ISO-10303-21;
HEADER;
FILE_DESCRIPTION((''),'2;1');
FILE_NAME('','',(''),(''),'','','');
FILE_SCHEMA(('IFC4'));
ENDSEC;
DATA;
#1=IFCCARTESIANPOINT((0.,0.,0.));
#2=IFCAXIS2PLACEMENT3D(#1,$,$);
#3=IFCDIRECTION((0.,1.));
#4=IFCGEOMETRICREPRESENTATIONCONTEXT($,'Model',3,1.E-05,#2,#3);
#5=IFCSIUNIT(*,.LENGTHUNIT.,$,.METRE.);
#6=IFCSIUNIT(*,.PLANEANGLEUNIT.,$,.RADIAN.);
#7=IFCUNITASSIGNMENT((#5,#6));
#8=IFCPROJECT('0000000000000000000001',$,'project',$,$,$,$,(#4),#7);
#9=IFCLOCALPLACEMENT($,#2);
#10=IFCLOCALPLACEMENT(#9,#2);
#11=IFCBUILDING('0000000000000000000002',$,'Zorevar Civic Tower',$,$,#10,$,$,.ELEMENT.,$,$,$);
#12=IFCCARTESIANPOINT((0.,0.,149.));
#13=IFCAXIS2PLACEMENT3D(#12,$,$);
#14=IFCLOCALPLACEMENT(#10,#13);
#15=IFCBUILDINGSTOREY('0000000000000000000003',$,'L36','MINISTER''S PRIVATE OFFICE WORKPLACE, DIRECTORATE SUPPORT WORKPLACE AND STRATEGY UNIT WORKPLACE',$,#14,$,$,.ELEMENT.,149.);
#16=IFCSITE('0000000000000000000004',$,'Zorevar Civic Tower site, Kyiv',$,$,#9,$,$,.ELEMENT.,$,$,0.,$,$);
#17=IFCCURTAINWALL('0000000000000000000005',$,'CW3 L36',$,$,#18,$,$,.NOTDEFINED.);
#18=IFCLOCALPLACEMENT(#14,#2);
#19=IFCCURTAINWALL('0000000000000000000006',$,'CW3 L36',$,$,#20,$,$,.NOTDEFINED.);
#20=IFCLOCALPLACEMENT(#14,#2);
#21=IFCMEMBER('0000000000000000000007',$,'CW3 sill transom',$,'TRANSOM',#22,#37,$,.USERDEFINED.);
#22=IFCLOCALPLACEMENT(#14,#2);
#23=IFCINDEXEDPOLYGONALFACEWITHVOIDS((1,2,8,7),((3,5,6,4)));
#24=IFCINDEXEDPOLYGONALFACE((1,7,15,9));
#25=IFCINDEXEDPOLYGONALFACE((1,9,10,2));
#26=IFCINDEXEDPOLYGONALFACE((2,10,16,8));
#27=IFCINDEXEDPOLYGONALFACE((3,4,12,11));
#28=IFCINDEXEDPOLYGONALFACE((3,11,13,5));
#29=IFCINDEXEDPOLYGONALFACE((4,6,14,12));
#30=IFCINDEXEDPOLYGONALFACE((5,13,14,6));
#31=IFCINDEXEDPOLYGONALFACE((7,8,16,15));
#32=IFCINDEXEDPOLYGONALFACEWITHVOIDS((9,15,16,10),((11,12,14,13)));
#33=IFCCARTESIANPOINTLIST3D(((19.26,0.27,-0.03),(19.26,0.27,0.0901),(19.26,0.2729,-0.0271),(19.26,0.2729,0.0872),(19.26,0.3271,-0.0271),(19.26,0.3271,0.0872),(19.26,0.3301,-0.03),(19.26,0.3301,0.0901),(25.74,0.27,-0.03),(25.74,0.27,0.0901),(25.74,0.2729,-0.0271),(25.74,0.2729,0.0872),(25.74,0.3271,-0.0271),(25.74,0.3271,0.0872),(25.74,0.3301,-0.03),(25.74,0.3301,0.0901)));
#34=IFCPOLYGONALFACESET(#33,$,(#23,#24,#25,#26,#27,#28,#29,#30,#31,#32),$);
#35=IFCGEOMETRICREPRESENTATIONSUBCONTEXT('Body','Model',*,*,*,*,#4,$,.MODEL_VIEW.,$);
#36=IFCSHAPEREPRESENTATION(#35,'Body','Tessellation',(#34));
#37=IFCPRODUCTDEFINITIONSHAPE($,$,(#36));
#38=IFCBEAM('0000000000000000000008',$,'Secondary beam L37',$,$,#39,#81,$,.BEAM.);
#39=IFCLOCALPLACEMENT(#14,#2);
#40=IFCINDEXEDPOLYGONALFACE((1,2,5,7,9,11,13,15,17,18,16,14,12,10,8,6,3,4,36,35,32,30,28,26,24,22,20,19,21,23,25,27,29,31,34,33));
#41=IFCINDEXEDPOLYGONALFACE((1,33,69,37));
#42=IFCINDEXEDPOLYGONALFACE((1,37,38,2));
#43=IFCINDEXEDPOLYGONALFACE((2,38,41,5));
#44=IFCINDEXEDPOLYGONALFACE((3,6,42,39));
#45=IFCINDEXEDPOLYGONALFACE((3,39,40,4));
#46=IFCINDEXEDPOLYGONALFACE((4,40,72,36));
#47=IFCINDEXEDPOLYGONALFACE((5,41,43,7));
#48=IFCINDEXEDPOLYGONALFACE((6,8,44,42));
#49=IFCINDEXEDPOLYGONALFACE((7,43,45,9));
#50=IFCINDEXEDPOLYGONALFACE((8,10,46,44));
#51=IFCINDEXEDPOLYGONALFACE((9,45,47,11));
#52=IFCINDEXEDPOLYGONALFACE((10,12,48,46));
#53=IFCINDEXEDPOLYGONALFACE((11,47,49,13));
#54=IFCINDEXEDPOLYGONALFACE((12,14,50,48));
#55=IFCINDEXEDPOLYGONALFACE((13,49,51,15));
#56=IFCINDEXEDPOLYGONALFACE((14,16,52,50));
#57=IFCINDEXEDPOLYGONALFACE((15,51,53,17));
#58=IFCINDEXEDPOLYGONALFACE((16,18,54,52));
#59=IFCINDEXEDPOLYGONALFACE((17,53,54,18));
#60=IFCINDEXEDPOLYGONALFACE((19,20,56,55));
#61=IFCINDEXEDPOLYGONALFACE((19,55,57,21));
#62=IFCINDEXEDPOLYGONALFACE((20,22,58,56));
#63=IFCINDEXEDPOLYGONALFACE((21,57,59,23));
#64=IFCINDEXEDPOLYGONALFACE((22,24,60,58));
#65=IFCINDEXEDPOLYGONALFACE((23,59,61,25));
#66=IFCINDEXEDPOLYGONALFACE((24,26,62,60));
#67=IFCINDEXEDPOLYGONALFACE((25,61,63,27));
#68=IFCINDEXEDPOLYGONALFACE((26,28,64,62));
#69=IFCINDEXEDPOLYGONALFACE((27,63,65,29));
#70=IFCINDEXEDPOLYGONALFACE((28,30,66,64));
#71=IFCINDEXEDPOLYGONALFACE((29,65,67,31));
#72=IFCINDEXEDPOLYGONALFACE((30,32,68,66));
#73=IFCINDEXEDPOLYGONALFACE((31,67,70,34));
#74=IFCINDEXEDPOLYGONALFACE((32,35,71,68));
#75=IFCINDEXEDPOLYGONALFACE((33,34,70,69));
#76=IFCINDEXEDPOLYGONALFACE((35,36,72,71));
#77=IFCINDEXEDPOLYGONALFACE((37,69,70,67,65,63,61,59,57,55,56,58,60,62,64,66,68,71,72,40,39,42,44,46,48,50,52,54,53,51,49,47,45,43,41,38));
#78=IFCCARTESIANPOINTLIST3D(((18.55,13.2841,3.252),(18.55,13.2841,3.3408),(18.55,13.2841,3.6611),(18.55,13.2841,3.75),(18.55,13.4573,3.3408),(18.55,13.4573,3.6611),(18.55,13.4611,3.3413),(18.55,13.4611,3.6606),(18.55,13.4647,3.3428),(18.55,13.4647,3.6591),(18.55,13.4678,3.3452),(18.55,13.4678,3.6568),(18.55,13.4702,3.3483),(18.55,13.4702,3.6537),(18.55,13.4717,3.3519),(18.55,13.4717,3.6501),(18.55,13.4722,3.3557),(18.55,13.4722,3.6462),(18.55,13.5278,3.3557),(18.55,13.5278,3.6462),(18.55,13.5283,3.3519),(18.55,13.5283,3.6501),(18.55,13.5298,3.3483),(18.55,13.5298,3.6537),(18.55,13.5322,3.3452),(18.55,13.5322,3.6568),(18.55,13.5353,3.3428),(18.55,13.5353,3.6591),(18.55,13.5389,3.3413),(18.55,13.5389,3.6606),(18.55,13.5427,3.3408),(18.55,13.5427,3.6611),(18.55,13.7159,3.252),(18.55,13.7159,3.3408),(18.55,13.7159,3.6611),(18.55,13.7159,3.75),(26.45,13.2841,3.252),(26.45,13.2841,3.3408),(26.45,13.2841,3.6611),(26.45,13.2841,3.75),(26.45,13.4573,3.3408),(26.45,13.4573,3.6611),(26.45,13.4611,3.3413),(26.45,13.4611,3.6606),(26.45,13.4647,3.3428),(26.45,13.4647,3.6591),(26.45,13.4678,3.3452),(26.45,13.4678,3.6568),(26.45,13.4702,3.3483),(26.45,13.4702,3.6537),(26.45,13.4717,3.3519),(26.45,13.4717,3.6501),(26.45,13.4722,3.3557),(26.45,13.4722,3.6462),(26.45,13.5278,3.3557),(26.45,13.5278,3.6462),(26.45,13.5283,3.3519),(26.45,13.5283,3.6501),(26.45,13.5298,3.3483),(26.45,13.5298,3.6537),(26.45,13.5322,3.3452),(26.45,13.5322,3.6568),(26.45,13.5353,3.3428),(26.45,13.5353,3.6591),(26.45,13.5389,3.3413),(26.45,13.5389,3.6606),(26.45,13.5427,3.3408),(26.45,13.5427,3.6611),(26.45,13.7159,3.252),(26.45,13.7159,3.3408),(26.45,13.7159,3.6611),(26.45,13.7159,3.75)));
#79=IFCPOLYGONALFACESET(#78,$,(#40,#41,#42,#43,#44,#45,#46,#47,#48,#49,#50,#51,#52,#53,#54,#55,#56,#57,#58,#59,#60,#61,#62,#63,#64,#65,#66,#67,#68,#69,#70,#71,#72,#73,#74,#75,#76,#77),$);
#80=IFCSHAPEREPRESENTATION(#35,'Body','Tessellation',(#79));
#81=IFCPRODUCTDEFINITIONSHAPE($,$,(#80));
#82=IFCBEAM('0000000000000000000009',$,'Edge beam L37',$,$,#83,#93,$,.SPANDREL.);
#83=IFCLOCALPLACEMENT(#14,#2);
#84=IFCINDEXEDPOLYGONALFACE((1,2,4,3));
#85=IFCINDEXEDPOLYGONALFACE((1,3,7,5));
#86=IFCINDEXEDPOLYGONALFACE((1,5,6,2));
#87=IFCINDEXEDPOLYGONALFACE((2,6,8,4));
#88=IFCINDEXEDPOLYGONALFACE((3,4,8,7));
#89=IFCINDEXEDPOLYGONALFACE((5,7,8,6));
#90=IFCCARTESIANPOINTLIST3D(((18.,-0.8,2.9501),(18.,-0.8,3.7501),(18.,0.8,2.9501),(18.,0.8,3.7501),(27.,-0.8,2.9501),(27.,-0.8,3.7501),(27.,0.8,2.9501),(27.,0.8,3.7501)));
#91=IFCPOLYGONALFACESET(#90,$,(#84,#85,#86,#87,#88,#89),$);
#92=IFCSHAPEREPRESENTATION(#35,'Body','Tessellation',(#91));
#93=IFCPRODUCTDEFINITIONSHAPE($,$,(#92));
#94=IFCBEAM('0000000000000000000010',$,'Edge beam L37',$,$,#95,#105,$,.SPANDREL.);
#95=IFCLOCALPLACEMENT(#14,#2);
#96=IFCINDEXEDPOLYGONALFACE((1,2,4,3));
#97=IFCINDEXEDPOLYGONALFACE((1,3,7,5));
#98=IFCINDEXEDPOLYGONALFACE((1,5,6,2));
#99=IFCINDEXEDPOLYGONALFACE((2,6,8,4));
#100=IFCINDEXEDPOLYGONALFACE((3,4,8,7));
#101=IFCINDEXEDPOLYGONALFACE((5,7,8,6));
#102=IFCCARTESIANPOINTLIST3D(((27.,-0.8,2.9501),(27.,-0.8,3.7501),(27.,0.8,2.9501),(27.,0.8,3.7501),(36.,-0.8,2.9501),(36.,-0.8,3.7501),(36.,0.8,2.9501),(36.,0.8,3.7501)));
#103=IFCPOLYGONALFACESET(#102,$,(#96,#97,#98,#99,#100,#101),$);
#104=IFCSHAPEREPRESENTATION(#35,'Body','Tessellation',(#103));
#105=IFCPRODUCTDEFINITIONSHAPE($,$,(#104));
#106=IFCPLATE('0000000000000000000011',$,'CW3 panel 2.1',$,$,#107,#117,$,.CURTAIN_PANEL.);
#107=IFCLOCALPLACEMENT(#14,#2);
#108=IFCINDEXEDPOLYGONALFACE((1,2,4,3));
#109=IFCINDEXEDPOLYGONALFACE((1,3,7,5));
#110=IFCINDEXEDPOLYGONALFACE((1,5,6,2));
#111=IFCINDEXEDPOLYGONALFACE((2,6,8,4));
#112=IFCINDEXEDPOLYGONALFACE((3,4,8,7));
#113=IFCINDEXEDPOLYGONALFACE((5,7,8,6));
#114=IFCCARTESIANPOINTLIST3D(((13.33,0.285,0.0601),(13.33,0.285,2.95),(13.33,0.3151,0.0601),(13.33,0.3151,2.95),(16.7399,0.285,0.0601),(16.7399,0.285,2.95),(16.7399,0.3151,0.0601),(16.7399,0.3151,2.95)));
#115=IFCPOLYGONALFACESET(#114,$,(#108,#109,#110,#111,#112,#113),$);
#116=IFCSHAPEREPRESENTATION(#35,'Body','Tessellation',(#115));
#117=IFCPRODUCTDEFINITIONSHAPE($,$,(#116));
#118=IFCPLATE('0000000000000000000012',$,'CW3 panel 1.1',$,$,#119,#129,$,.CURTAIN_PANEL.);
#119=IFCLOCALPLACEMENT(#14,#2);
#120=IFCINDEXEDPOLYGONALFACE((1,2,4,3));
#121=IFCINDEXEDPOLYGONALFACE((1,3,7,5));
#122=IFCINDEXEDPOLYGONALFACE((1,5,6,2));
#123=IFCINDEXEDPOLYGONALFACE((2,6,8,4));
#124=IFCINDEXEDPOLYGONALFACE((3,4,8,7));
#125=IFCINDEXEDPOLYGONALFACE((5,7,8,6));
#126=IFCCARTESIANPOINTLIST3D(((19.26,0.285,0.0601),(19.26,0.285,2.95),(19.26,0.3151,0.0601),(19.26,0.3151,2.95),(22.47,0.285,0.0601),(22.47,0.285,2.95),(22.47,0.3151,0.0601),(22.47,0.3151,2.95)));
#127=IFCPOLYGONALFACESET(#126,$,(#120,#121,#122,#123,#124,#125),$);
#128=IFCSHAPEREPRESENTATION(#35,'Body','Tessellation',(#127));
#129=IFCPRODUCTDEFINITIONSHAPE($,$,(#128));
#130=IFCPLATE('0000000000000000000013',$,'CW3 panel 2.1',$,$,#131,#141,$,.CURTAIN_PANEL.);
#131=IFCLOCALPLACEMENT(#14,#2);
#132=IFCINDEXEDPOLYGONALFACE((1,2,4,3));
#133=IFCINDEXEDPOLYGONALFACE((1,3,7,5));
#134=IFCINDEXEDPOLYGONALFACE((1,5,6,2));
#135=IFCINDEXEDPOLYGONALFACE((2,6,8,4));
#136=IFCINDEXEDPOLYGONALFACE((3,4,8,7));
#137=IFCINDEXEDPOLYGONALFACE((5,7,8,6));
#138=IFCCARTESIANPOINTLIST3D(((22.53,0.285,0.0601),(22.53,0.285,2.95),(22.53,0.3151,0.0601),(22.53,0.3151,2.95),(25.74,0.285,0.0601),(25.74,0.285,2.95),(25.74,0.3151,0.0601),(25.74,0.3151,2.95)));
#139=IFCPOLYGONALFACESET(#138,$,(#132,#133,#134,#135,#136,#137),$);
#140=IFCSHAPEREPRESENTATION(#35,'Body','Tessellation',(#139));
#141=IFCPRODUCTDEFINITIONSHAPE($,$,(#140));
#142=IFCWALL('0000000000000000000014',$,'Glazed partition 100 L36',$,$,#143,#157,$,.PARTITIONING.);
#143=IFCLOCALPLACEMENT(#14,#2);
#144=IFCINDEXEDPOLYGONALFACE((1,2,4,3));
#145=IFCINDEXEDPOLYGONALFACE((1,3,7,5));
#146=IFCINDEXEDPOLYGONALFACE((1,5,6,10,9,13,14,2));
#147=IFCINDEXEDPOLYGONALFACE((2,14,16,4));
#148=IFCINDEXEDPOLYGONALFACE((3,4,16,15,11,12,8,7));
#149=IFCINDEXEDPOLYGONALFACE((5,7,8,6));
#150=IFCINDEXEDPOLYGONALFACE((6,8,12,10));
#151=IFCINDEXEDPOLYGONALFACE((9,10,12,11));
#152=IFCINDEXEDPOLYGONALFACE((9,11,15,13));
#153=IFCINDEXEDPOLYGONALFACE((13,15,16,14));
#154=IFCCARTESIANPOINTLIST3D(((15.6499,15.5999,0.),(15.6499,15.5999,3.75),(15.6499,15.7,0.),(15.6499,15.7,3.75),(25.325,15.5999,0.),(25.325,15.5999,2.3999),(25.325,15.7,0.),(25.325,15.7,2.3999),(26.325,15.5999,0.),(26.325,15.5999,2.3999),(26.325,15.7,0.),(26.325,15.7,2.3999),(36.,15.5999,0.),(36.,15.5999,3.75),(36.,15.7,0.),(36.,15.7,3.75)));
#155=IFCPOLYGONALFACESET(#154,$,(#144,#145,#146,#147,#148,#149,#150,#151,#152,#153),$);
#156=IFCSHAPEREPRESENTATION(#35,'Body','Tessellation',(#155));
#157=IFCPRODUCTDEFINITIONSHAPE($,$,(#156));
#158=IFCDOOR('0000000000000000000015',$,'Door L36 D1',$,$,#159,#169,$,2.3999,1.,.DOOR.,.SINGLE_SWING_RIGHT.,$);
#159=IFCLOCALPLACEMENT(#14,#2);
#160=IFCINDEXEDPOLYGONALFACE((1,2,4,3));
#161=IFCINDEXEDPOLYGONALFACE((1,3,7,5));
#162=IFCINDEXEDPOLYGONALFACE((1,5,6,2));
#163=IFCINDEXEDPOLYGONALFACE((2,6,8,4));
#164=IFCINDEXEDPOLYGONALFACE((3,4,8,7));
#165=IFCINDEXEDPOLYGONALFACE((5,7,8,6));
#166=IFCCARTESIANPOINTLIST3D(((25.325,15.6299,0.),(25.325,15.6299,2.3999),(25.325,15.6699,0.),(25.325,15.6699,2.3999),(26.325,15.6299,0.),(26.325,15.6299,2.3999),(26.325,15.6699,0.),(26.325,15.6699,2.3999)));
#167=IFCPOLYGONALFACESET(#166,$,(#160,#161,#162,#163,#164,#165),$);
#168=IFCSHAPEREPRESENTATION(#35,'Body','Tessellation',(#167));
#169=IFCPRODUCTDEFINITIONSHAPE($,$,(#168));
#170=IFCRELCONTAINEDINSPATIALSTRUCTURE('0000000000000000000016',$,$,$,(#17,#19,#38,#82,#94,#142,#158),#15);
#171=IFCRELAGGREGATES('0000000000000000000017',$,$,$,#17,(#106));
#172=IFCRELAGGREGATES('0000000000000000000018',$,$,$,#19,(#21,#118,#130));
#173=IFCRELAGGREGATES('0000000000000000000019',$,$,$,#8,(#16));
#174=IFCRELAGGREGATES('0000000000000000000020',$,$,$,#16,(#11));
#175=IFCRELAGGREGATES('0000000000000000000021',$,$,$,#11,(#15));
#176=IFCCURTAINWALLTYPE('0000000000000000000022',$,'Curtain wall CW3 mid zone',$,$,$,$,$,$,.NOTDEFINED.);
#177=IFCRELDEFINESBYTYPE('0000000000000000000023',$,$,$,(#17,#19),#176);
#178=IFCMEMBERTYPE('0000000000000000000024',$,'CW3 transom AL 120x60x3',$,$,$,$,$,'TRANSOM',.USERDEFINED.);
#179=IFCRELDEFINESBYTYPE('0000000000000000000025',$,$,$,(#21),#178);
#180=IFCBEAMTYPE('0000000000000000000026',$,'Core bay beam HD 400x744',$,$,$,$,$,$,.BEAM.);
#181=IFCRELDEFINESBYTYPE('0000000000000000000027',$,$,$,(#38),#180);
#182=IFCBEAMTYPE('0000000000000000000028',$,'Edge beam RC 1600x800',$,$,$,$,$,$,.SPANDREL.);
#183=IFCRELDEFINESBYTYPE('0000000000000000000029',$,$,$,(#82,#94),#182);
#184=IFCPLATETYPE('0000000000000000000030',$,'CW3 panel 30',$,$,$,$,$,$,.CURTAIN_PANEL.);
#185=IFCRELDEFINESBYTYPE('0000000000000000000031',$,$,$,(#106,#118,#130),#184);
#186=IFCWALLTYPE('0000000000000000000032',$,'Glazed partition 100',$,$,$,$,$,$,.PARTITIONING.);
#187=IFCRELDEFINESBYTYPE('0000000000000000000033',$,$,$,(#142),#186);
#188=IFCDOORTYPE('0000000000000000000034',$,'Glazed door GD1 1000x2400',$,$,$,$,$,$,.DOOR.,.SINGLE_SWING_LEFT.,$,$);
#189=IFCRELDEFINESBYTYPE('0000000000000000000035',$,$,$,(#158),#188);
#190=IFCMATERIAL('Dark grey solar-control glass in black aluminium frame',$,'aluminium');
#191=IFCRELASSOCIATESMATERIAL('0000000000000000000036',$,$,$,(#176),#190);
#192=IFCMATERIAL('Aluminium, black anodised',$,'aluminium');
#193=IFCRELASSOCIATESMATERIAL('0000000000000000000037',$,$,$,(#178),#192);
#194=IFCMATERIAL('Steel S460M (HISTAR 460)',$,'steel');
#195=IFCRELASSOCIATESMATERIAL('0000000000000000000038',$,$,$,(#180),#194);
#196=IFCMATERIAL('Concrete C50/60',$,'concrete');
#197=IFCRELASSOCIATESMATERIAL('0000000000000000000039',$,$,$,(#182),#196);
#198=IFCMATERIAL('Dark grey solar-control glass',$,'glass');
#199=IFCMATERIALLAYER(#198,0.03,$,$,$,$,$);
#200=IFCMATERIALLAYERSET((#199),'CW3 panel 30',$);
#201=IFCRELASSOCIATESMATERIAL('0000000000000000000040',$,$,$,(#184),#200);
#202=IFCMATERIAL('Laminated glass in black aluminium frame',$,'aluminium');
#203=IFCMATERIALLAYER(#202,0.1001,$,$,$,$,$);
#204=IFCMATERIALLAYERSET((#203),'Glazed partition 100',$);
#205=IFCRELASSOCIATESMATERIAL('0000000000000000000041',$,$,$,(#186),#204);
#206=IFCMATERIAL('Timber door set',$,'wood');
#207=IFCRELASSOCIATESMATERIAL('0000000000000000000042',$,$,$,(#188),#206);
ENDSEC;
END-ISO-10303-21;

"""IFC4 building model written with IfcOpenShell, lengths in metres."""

from ifc_helpers import new_model, si_unit, direction, frame, frame_2d, origin, origin_2d, place, context, subcontext, project, spatial, rectangle, hollow_rectangle, i_section, extrude, material, layer, layer_set, material_profile, profile_set, type_object, element, fill, aggregate, save


model = new_model("IFC4")

# Units and contexts
model_context = context("Model", 3, precision=1e-05, world=origin(), true_north=direction((0.0, 1.0)))
body_context = subcontext(model_context, "Body", "Model", "MODEL_VIEW")
ifc_project = project(units=[si_unit("LENGTHUNIT", "METRE"), si_unit("PLANEANGLEUNIT", "RADIAN")], contexts=[model_context])

# Site, building, storey
site_placement = place(None, origin())
site = spatial("IfcSite", under=ifc_project, at=site_placement, Name="Zorevar Civic Tower site, Kyiv", CompositionType="ELEMENT", RefElevation=0.0)
building_placement = place(site_placement, origin())
building = spatial("IfcBuilding", under=site, at=building_placement, Name="Zorevar Civic Tower", CompositionType="ELEMENT")
storey_placement = place(building_placement, frame((0.0, 0.0, 149.0)))
storey = spatial("IfcBuildingStorey", under=building, at=storey_placement, Name="L36", Description="MINISTER'S PRIVATE OFFICE WORKPLACE, DIRECTORATE SUPPORT WORKPLACE AND STRATEGY UNIT WORKPLACE", CompositionType="ELEMENT", Elevation=149.0)

# Curtain wall
ifc_material_1 = material(Name="Dark grey solar-control glass in black aluminium frame", Category="aluminium")
curtain_wall_type = type_object("IfcCurtainWallType", Name="Curtain wall CW3 mid zone", PredefinedType="NOTDEFINED", material=ifc_material_1)
curtain_wall_1_placement = place(storey_placement, origin())
curtain_wall_1 = element("IfcCurtainWall", 1, at=curtain_wall_1_placement, inside=storey, type_object=curtain_wall_type, Name="CW3 L36", PredefinedType="NOTDEFINED")

# Curtain wall, member
curtain_wall_2_placement = place(storey_placement, origin())
curtain_wall_2 = element("IfcCurtainWall", 2, at=curtain_wall_2_placement, inside=storey, type_object=curtain_wall_type, Name="CW3 L36", PredefinedType="NOTDEFINED")
ifc_material_2 = material(Name="Aluminium, black anodised", Category="aluminium")
ifc_material_profile_1 = material_profile(ifc_material_2, hollow_rectangle(XDim=0.0601, YDim=0.1201, WallThickness=0.0029, at=origin_2d()), Name="AL 120x60x3")
ifc_profile_set_1 = profile_set([ifc_material_profile_1], Name="Aluminium, black anodised")
member_type_1 = type_object("IfcMemberType", Name="CW3 transom AL 120x60x3", ElementType="TRANSOM", PredefinedType="USERDEFINED", material=ifc_profile_set_1)
member_1_placement = place(storey_placement, frame((19.26, 0.3, 0.03), z_axis=(1.0, 0.0, 0.0), x_axis=(0.0, 1.0, 0.0)))
member_1 = element("IfcMember", 3, at=member_1_placement, type_object=member_type_1, Name="CW3 sill transom", ObjectType="TRANSOM", PredefinedType="USERDEFINED", context=body_context, shape_type="SweptSolid", body=[
    extrude(hollow_rectangle(XDim=0.0601, YDim=0.1201, WallThickness=0.0029, at=origin_2d()), origin(), (0.0, 0.0, 1.0), 6.48),
])

# Beams
ifc_material_3 = material(Name="Steel S460M (HISTAR 460)", Category="steel")
ifc_material_profile_2 = material_profile(ifc_material_3, i_section(OverallWidth=0.4319, OverallDepth=0.498, WebThickness=0.0557, FlangeThickness=0.0889, FilletRadius=0.0149, at=origin_2d()), Name="HD 400x744")
ifc_profile_set_2 = profile_set([ifc_material_profile_2], Name="Steel S460M (HISTAR 460)")
beam_type_1 = type_object("IfcBeamType", Name="Core bay beam HD 400x744", PredefinedType="BEAM", material=ifc_profile_set_2)
beam_1_placement = place(storey_placement, frame((18.55, 13.5, 3.501), z_axis=(1.0, 0.0, 0.0), x_axis=(0.0, 1.0, 0.0)))
element("IfcBeam", 4, at=beam_1_placement, inside=storey, type_object=beam_type_1, Name="Secondary beam L37", PredefinedType="BEAM", context=body_context, shape_type="SweptSolid", body=[
    extrude(i_section(OverallWidth=0.4319, OverallDepth=0.498, WebThickness=0.0557, FlangeThickness=0.0889, FilletRadius=0.0149, at=origin_2d()), origin(), (0.0, 0.0, 1.0), 7.8999),
])
ifc_material_4 = material(Name="Concrete C50/60", Category="concrete")
ifc_material_profile_3 = material_profile(ifc_material_4, rectangle(XDim=1.6001, YDim=0.8, at=origin_2d()), Name="RC 1600x800")
ifc_profile_set_3 = profile_set([ifc_material_profile_3], Name="Concrete C50/60")
beam_type_2 = type_object("IfcBeamType", Name="Edge beam RC 1600x800", PredefinedType="SPANDREL", material=ifc_profile_set_3)
for number, where, z_axis, x_axis, name in (
    (5, (18.0, 0.0, 3.3501), (1.0, 0.0, 0.0), (0.0, 1.0, 0.0), "Edge beam L37"),
    (6, (27.0, 0.0, 3.3501), (1.0, 0.0, 0.0), (0.0, 1.0, 0.0), "Edge beam L37"),
):
    element("IfcBeam", number, at=place(storey_placement, frame(where, z_axis=z_axis, x_axis=x_axis)), inside=storey, type_object=beam_type_2, Name=name, PredefinedType="SPANDREL", context=body_context, shape_type="SweptSolid", body=[
        extrude(rectangle(XDim=1.6001, YDim=0.8, at=origin_2d()), origin(), (0.0, 0.0, 1.0), 9.0),
    ])

# Plates
ifc_material_5 = material(Name="Dark grey solar-control glass", Category="glass")
ifc_layer_1 = layer(ifc_material_5, 0.03)
ifc_layer_set_1 = layer_set([ifc_layer_1], Name="CW3 panel 30")
plate_type = type_object("IfcPlateType", Name="CW3 panel 30", PredefinedType="CURTAIN_PANEL", material=ifc_layer_set_1)
plate_1_placement = place(storey_placement, frame((15.0349, 0.3, 0.0601), z_axis=(0.0, 0.0, 1.0), x_axis=(1.0, 0.0, 0.0)))
plate_1 = element("IfcPlate", 7, at=plate_1_placement, type_object=plate_type, Name="CW3 panel 2.1", PredefinedType="CURTAIN_PANEL", context=body_context, shape_type="SweptSolid", body=[
    extrude(rectangle(XDim=3.4099, YDim=0.03, at=origin_2d()), origin(), (0.0, 0.0, 1.0), 2.8899),
])
aggregate(curtain_wall_1, [plate_1])
plate_2_placement = place(storey_placement, frame((20.865, 0.3, 0.0601), z_axis=(0.0, 0.0, 1.0), x_axis=(1.0, 0.0, 0.0)))
plate_2 = element("IfcPlate", 8, at=plate_2_placement, type_object=plate_type, Name="CW3 panel 1.1", PredefinedType="CURTAIN_PANEL", context=body_context, shape_type="SweptSolid", body=[
    extrude(rectangle(XDim=3.21, YDim=0.03, at=origin_2d()), origin(), (0.0, 0.0, 1.0), 2.8899),
])
plate_3_placement = place(storey_placement, frame((24.135, 0.3, 0.0601), z_axis=(0.0, 0.0, 1.0), x_axis=(1.0, 0.0, 0.0)))
plate_3 = element("IfcPlate", 9, at=plate_3_placement, type_object=plate_type, Name="CW3 panel 2.1", PredefinedType="CURTAIN_PANEL", context=body_context, shape_type="SweptSolid", body=[
    extrude(rectangle(XDim=3.21, YDim=0.03, at=origin_2d()), origin(), (0.0, 0.0, 1.0), 2.8899),
])
aggregate(curtain_wall_2, [member_1, plate_2, plate_3])

# Wall, opening, door
ifc_material_6 = material(Name="Laminated glass in black aluminium frame", Category="aluminium")
ifc_layer_2 = layer(ifc_material_6, 0.1001)
ifc_layer_set_2 = layer_set([ifc_layer_2], Name="Glazed partition 100")
wall_type_1 = type_object("IfcWallType", Name="Glazed partition 100", PredefinedType="PARTITIONING", material=ifc_layer_set_2)
wall_1_placement = place(storey_placement, frame((15.6499, 15.6499, 0.0), z_axis=(0.0, 0.0, 1.0), x_axis=(1.0, 0.0, 0.0)))
wall_1 = element("IfcWall", 10, at=wall_1_placement, inside=storey, type_object=wall_type_1, Name="Glazed partition 100 L36", PredefinedType="PARTITIONING", context=body_context, shape_type="SweptSolid", body=[
    extrude(rectangle(XDim=20.3501, YDim=0.1001, at=frame_2d((10.175, 0.0))), origin(), (0.0, 0.0, 1.0), 3.75),
])
opening_1_placement = place(wall_1_placement, frame((9.675, 0.0, 0.0)))
opening_1 = element("IfcOpeningElement", 11, at=opening_1_placement, cuts=wall_1, PredefinedType="OPENING", context=body_context, shape_type="SweptSolid", body=[
    extrude(rectangle(XDim=1.0, YDim=2.3999, at=frame_2d((0.5, 1.2))), frame((0.0, 0.0601, 0.0), z_axis=(0.0, -1.0, 0.0), x_axis=(1.0, 0.0, 0.0)), (0.0, 0.0, 1.0), 0.1201),
])
ifc_material_7 = material(Name="Timber door set", Category="wood")
door_type = type_object("IfcDoorType", Name="Glazed door GD1 1000x2400", OperationType="SINGLE_SWING_LEFT", PredefinedType="DOOR", material=ifc_material_7)
door_1_placement = place(opening_1_placement, origin())
door_1 = element("IfcDoor", 12, at=door_1_placement, inside=storey, type_object=door_type, Name="Door L36 D1", OperationType="SINGLE_SWING_RIGHT", OverallHeight=2.3999, OverallWidth=1.0, PredefinedType="DOOR", context=body_context, shape_type="SweptSolid", body=[
    extrude(rectangle(XDim=1.0, YDim=2.3999, at=frame_2d((0.5, 1.2))), frame((0.0, 0.02, 0.0), z_axis=(0.0, -1.0, 0.0), x_axis=(1.0, 0.0, 0.0)), (0.0, 0.0, 1.0), 0.04),
])
fill(opening_1, door_1)

save(model, "model.ifc")
